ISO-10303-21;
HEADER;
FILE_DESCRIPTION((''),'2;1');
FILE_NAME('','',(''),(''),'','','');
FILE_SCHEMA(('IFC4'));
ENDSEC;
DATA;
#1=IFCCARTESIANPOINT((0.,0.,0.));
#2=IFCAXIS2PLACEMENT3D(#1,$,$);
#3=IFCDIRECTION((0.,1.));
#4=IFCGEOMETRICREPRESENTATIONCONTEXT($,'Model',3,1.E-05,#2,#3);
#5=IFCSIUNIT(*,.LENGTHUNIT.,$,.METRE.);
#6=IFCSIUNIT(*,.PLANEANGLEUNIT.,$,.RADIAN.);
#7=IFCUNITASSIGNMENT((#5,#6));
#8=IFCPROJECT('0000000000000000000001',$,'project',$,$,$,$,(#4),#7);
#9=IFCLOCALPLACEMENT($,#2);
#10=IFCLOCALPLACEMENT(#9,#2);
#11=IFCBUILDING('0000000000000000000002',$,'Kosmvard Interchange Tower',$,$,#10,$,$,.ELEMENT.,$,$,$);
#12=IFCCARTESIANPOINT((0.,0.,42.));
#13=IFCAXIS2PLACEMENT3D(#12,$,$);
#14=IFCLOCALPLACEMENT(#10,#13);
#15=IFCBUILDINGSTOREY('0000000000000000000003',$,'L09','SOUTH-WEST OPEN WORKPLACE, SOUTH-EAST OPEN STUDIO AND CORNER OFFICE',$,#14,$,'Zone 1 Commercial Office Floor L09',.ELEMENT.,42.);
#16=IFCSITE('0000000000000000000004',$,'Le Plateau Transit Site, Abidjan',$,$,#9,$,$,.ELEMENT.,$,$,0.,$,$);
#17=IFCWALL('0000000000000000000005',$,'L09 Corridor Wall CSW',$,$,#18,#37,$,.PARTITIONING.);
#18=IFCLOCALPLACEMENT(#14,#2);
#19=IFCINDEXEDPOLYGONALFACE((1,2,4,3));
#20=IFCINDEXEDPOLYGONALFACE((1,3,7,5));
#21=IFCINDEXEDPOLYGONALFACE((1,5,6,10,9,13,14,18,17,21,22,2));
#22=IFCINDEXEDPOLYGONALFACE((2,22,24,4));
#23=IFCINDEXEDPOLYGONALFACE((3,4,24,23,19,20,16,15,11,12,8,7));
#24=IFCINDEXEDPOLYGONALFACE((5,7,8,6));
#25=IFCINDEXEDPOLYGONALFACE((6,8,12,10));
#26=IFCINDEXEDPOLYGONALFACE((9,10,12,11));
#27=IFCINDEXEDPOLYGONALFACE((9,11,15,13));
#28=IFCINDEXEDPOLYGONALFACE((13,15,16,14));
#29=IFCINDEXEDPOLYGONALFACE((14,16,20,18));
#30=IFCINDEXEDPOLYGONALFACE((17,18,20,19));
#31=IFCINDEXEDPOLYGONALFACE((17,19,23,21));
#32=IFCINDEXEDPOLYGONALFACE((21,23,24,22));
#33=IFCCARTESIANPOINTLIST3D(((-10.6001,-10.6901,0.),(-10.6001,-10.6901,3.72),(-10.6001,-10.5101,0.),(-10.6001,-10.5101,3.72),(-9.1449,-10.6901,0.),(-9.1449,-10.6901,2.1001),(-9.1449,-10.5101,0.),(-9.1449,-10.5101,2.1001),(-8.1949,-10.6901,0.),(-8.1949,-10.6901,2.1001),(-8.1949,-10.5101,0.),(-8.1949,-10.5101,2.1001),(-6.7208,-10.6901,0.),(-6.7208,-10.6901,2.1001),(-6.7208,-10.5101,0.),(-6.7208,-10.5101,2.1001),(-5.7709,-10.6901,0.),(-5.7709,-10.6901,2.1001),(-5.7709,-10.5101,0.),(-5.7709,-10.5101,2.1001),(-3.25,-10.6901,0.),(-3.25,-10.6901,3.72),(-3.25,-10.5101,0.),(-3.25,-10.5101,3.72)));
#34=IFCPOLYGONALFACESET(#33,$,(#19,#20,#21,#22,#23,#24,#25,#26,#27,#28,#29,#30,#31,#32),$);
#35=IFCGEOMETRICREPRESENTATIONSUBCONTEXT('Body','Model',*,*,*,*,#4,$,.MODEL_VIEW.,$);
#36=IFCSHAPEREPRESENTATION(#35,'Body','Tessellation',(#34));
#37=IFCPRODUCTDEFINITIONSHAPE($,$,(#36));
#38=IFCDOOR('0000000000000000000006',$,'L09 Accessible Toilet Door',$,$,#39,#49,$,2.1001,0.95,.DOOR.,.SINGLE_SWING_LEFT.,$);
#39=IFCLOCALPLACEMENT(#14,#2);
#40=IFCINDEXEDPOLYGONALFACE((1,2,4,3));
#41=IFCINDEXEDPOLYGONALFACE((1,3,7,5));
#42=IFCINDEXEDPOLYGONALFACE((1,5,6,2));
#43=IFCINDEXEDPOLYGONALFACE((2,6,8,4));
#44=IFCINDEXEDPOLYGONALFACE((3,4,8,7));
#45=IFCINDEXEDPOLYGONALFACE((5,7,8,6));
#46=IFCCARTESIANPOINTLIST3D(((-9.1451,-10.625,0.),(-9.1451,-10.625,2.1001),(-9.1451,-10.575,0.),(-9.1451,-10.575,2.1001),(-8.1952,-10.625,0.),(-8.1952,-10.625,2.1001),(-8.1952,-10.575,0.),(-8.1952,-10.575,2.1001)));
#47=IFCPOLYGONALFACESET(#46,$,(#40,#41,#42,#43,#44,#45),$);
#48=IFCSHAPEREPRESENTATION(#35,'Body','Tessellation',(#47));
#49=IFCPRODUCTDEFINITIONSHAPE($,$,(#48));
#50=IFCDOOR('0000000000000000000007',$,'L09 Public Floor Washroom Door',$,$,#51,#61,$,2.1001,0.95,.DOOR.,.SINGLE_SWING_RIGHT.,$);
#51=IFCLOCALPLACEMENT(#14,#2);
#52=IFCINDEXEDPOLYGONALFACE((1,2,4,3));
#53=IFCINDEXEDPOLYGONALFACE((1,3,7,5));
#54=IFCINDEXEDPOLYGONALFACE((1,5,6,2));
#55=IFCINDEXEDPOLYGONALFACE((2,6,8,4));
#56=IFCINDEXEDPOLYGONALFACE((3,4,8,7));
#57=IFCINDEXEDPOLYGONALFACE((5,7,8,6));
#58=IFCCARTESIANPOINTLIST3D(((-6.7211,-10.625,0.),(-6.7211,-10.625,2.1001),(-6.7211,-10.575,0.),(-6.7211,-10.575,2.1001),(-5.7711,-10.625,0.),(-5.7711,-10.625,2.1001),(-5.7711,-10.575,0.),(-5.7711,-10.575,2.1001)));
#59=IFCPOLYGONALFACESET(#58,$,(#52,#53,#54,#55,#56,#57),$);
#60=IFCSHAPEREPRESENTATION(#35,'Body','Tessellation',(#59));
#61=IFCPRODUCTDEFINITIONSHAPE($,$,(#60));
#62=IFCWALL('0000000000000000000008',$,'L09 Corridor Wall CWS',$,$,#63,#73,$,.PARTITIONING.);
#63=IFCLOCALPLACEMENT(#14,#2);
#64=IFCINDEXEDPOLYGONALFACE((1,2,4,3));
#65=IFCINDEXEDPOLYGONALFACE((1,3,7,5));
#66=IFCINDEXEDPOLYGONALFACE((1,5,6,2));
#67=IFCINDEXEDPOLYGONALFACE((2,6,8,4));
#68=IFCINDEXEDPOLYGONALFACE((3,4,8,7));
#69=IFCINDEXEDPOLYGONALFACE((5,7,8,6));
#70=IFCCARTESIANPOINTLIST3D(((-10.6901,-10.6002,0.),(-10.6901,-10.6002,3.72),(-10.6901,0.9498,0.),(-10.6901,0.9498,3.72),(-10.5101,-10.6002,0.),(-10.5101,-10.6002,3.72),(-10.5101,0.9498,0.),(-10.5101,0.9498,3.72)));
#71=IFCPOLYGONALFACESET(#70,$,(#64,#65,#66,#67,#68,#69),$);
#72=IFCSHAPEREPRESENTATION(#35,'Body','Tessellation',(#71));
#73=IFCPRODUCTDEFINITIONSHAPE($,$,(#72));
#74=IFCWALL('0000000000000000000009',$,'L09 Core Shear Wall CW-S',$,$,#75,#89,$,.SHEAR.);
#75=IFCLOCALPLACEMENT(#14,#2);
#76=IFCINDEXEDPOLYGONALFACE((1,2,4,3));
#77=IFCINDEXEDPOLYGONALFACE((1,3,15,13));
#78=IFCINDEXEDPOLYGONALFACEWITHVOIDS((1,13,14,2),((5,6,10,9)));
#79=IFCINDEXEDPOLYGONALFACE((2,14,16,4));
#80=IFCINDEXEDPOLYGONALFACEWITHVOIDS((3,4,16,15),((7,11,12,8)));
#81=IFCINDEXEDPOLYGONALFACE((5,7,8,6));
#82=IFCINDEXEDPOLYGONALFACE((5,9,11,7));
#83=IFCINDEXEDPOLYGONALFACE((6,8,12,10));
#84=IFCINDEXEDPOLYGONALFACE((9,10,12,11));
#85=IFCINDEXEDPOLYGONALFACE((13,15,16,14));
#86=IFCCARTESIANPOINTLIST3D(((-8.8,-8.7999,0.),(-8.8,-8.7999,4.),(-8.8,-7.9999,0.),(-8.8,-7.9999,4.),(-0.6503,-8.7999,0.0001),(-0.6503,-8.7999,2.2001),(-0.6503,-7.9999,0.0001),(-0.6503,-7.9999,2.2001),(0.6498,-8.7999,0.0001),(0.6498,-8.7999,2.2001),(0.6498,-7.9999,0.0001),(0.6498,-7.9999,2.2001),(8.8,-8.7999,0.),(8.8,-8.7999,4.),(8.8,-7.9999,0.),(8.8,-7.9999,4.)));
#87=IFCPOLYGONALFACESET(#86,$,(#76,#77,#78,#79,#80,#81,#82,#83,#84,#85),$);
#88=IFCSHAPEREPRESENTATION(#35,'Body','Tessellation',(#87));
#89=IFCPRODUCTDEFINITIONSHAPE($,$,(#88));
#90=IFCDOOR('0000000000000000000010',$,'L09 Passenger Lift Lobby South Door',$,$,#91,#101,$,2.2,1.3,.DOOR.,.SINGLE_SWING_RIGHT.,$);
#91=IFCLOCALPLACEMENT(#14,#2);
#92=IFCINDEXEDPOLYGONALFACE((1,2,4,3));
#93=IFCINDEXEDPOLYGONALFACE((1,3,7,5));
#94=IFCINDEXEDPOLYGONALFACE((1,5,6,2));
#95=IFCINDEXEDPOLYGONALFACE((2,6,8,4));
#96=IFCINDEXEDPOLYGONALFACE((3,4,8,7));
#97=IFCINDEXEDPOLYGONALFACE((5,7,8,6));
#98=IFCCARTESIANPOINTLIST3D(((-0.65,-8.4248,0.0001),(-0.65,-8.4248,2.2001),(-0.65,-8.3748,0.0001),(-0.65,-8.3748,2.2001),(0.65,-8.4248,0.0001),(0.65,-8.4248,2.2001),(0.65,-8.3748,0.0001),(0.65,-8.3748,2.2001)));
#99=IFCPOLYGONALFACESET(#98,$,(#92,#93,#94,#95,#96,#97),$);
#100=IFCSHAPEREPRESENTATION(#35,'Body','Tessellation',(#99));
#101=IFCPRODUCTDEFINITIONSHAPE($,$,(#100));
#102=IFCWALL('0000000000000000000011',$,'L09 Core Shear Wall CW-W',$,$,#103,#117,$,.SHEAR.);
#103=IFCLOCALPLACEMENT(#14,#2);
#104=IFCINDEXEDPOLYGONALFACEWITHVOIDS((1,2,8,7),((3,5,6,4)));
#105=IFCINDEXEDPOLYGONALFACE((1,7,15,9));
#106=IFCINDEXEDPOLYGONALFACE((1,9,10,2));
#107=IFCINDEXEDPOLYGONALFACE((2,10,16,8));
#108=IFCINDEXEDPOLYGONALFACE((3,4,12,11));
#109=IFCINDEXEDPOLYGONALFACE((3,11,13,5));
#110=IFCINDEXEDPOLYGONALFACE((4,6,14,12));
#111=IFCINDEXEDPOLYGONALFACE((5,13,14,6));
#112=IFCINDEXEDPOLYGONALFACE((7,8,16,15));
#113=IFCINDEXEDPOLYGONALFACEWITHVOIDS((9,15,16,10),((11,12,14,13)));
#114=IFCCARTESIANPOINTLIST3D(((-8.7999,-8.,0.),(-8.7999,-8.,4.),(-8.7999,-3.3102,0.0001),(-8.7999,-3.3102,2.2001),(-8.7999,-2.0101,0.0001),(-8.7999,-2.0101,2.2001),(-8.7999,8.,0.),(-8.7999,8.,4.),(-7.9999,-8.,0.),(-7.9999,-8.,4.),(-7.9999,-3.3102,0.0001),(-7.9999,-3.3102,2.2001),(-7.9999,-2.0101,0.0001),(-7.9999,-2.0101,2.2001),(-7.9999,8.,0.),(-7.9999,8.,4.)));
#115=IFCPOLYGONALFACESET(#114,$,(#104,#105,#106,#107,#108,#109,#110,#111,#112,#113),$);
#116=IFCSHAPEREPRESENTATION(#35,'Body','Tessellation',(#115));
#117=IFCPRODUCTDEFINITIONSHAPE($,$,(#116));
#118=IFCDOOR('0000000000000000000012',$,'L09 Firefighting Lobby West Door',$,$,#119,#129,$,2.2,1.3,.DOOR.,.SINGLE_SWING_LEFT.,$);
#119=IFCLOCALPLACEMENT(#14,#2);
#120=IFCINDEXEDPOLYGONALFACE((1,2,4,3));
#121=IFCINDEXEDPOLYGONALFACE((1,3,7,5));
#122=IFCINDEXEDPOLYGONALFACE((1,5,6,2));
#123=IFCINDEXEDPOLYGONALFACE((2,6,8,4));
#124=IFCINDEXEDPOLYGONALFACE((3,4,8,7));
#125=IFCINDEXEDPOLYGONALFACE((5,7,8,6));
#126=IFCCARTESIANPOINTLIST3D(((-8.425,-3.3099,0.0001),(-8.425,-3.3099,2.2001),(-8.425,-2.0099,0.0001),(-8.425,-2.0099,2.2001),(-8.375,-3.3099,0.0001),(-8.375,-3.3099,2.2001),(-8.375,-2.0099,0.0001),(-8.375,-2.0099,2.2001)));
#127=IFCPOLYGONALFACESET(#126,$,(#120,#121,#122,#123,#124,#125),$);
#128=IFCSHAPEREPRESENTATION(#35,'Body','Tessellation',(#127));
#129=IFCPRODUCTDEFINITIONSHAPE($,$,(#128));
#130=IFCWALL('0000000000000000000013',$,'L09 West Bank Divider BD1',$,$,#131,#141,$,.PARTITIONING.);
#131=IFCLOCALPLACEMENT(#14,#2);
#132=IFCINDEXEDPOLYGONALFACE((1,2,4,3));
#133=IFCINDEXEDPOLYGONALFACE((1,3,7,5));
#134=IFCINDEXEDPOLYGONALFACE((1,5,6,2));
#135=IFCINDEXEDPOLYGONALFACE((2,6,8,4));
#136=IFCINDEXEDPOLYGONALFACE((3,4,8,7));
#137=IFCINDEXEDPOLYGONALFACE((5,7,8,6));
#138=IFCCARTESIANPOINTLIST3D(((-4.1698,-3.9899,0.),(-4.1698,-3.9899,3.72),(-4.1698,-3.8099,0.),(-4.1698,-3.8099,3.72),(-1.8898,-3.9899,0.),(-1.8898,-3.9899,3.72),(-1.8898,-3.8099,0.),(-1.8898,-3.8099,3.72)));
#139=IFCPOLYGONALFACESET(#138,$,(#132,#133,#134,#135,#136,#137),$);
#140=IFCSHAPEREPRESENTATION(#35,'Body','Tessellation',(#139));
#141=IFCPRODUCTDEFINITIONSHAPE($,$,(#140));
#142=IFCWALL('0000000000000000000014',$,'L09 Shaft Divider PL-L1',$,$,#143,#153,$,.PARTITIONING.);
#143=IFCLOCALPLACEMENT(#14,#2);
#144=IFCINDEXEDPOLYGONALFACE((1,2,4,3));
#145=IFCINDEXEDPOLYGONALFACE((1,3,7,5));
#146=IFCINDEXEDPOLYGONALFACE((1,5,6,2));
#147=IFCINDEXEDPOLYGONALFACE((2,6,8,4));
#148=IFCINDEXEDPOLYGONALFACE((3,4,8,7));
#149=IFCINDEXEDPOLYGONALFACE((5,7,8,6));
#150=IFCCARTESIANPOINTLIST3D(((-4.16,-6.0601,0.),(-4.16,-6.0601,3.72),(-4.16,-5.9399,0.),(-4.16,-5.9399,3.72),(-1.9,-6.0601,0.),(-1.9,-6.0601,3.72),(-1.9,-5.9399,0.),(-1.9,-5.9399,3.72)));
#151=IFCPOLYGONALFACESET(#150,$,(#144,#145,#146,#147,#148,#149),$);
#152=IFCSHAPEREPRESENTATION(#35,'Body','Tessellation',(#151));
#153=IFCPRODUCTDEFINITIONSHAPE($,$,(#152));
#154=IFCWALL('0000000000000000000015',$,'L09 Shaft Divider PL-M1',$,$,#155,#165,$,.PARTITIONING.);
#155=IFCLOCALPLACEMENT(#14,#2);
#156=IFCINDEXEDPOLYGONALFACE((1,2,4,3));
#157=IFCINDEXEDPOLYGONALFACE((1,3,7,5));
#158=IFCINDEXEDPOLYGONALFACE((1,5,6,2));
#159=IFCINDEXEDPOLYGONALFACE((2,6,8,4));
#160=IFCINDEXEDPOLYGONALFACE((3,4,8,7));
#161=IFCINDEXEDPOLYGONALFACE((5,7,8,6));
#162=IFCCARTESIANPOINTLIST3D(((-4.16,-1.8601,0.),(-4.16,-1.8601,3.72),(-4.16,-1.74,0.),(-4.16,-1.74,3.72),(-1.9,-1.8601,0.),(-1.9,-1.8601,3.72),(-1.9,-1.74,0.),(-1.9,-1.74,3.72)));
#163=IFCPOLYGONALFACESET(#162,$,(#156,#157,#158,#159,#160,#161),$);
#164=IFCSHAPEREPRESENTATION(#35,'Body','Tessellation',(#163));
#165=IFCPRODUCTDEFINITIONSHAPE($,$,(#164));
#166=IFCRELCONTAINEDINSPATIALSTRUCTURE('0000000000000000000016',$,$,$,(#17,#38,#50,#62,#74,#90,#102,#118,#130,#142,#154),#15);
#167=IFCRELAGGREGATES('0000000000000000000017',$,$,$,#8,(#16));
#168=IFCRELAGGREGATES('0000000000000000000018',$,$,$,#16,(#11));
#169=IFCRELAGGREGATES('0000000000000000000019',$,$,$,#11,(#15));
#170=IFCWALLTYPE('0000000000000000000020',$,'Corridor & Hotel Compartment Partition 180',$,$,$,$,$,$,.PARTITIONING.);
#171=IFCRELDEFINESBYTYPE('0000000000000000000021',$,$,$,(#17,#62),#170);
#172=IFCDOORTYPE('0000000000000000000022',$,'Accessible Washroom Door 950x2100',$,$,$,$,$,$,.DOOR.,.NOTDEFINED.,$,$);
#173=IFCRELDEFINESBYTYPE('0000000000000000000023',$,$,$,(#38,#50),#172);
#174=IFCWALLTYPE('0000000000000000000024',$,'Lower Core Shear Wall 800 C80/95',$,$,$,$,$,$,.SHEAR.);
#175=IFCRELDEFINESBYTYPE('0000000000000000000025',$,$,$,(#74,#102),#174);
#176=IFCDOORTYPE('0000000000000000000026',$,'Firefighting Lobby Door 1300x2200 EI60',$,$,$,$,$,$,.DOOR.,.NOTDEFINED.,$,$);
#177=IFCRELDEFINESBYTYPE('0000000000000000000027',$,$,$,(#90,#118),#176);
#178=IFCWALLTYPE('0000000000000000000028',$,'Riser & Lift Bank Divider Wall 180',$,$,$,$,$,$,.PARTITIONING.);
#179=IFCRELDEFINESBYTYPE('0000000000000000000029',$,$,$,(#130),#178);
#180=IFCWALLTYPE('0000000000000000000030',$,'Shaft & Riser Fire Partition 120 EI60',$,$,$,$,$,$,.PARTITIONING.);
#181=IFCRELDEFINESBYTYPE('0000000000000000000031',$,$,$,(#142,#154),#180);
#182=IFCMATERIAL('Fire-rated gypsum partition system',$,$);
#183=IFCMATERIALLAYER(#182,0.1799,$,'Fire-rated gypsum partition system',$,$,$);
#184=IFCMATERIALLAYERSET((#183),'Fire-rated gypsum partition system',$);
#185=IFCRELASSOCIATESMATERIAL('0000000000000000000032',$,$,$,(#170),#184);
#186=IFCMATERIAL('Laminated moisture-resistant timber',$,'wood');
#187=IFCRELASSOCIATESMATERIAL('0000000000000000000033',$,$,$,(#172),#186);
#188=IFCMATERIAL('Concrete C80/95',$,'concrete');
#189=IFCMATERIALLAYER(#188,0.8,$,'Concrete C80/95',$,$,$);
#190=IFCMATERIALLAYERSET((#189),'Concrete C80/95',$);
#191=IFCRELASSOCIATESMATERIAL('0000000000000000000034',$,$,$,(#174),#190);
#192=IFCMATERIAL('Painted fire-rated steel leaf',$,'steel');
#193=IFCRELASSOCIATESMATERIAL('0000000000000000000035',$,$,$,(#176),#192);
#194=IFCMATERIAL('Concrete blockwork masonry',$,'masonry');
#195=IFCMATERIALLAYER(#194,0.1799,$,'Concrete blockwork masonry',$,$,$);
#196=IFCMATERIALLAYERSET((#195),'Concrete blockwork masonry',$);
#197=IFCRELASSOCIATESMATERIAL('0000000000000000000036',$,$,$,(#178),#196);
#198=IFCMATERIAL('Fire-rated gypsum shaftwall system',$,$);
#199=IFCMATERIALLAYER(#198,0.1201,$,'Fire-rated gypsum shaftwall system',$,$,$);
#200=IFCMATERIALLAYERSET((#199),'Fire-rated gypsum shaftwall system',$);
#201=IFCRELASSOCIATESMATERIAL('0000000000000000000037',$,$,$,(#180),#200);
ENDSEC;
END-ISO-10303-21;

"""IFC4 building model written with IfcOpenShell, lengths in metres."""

from ifc_helpers import new_model, si_unit, direction, frame, frame_2d, origin, place, context, subcontext, project, spatial, rectangle, extrude, source, transform, mapped, material, layer, layer_set, type_object, element, fill, save


model = new_model("IFC4")

# Units and contexts
model_context = context("Model", 3, precision=1e-05, world=origin(), true_north=direction((0.0, 1.0)))
body_context = subcontext(model_context, "Body", "Model", "MODEL_VIEW")
ifc_project = project(units=[si_unit("LENGTHUNIT", "METRE"), si_unit("PLANEANGLEUNIT", "RADIAN")], contexts=[model_context])

# Site, building, storey
site_placement = place(None, origin())
site = spatial("IfcSite", under=ifc_project, at=site_placement, Name="Le Plateau Transit Site, Abidjan", CompositionType="ELEMENT", RefElevation=0.0)
building_placement = place(site_placement, origin())
building = spatial("IfcBuilding", under=site, at=building_placement, Name="Kosmvard Interchange Tower", CompositionType="ELEMENT")
storey_placement = place(building_placement, frame((0.0, 0.0, 42.0)))
storey = spatial("IfcBuildingStorey", under=building, at=storey_placement, Name="L09", Description="SOUTH-WEST OPEN WORKPLACE, SOUTH-EAST OPEN STUDIO AND CORNER OFFICE", LongName="Zone 1 Commercial Office Floor L09", CompositionType="ELEMENT", Elevation=42.0)

# Shared definitions
ifc_material_1 = material(Name="Concrete C80/95", Category="concrete")

# Wall, openings, doors
ifc_material_2 = material(Name="Fire-rated gypsum partition system")
ifc_layer_1 = layer(ifc_material_2, 0.1799, Name="Fire-rated gypsum partition system")
ifc_layer_set_1 = layer_set([ifc_layer_1], Name="Fire-rated gypsum partition system")
wall_type_1 = type_object("IfcWallType", Name="Corridor & Hotel Compartment Partition 180", PredefinedType="PARTITIONING", material=ifc_layer_set_1)
wall_1_placement = place(storey_placement, frame((-10.6001, -10.6001, 0.0), z_axis=(0.0, 0.0, 1.0), x_axis=(1.0, 0.0, 0.0)))
wall_1 = element("IfcWall", 1, at=wall_1_placement, inside=storey, type_object=wall_type_1, Name="L09 Corridor Wall CSW", PredefinedType="PARTITIONING", context=body_context, shape_type="SweptSolid", body=[
    extrude(rectangle(XDim=7.3501, YDim=0.1799, at=frame_2d((3.675, 0.0))), origin(), (0.0, 0.0, 1.0), 3.72),
])
opening_1_placement = place(wall_1_placement, frame((1.4551, 0.0, 0.0)))
opening_1 = element("IfcOpeningElement", 2, at=opening_1_placement, cuts=wall_1, PredefinedType="OPENING", context=body_context, shape_type="SweptSolid", body=[
    extrude(rectangle(XDim=0.95, YDim=2.1001, at=frame_2d((0.4751, 1.05))), frame((0.0, 0.1001, 0.0), z_axis=(0.0, -1.0, 0.0), x_axis=(1.0, 0.0, 0.0)), (0.0, 0.0, 1.0), 0.2),
])
opening_2_placement = place(wall_1_placement, frame((3.8792, 0.0, 0.0)))
opening_2 = element("IfcOpeningElement", 3, at=opening_2_placement, cuts=wall_1, PredefinedType="OPENING", context=body_context, shape_type="SweptSolid", body=[
    extrude(rectangle(XDim=0.95, YDim=2.1001, at=frame_2d((0.4751, 1.05))), frame((0.0, 0.1001, 0.0), z_axis=(0.0, -1.0, 0.0), x_axis=(1.0, 0.0, 0.0)), (0.0, 0.0, 1.0), 0.2),
])
ifc_material_3 = material(Name="Laminated moisture-resistant timber", Category="wood")
door_type_1 = type_object("IfcDoorType", Name="Accessible Washroom Door 950x2100", OperationType="NOTDEFINED", PredefinedType="DOOR", material=ifc_material_3)
shared_shape_1 = source(origin(), body_context, "Body", "SweptSolid", [
    extrude(rectangle(XDim=0.95, YDim=2.1001, at=frame_2d((0.4751, 1.05))), frame((0.0, 0.0249, 0.0), z_axis=(0.0, -1.0, 0.0), x_axis=(1.0, 0.0, 0.0)), (0.0, 0.0, 1.0), 0.05),
])
door_1_placement = place(opening_1_placement, frame((0.95, 0.0, 0.0), z_axis=(0.0, 0.0, 1.0), x_axis=(-1.0, 0.0, 0.0)))
door_1 = element("IfcDoor", 4, at=door_1_placement, inside=storey, type_object=door_type_1, Name="L09 Accessible Toilet Door", OperationType="SINGLE_SWING_LEFT", OverallHeight=2.1001, OverallWidth=0.95, PredefinedType="DOOR", context=body_context, shape_type="MappedRepresentation", body=[
    mapped(shared_shape_1, transform((0.0, 0.0, 0.0), scale=1.0)),
])
fill(opening_1, door_1)
door_2_placement = place(opening_2_placement, frame((0.95, 0.0, 0.0), z_axis=(0.0, 0.0, 1.0), x_axis=(-1.0, 0.0, 0.0)))
door_2 = element("IfcDoor", 5, at=door_2_placement, inside=storey, type_object=door_type_1, Name="L09 Public Floor Washroom Door", OperationType="SINGLE_SWING_RIGHT", OverallHeight=2.1001, OverallWidth=0.95, PredefinedType="DOOR", context=body_context, shape_type="MappedRepresentation", body=[
    mapped(shared_shape_1, transform((0.0, 0.0, 0.0), scale=1.0)),
])
fill(opening_2, door_2)

# Wall
wall_2_placement = place(storey_placement, frame((-10.6001, -10.6001, 0.0), z_axis=(0.0, 0.0, 1.0), x_axis=(0.0, 1.0, 0.0)))
element("IfcWall", 6, at=wall_2_placement, inside=storey, type_object=wall_type_1, Name="L09 Corridor Wall CWS", PredefinedType="PARTITIONING", context=body_context, shape_type="SweptSolid", body=[
    extrude(rectangle(XDim=11.55, YDim=0.1799, at=frame_2d((5.7749, 0.0))), origin(), (0.0, 0.0, 1.0), 3.72),
])

# Walls, openings, doors
ifc_layer_2 = layer(ifc_material_1, 0.8, Name="Concrete C80/95")
ifc_layer_set_2 = layer_set([ifc_layer_2], Name="Concrete C80/95")
wall_type_2 = type_object("IfcWallType", Name="Lower Core Shear Wall 800 C80/95", PredefinedType="SHEAR", material=ifc_layer_set_2)
wall_3_placement = place(storey_placement, frame((-8.8, -8.3999, 0.0), z_axis=(0.0, 0.0, 1.0), x_axis=(1.0, 0.0, 0.0)))
wall_3 = element("IfcWall", 7, at=wall_3_placement, inside=storey, type_object=wall_type_2, Name="L09 Core Shear Wall CW-S", PredefinedType="SHEAR", context=body_context, shape_type="SweptSolid", body=[
    extrude(rectangle(XDim=17.6001, YDim=0.8, at=frame_2d((8.8, 0.0))), origin(), (0.0, 0.0, 1.0), 4.0),
])
opening_3_placement = place(wall_3_placement, frame((8.1499, 0.0, 0.0)))
opening_3 = element("IfcOpeningElement", 8, at=opening_3_placement, cuts=wall_3, PredefinedType="OPENING", context=body_context, shape_type="SweptSolid", body=[
    extrude(rectangle(XDim=1.3, YDim=2.2, at=frame_2d((0.6499, 1.1001))), frame((0.0, 0.4102, 0.0), z_axis=(0.0, -1.0, 0.0), x_axis=(1.0, 0.0, 0.0)), (0.0, 0.0, 1.0), 0.8201),
])
ifc_material_4 = material(Name="Painted fire-rated steel leaf", Category="steel")
door_type_2 = type_object("IfcDoorType", Name="Firefighting Lobby Door 1300x2200 EI60", OperationType="NOTDEFINED", PredefinedType="DOOR", material=ifc_material_4)
shared_shape_2 = source(origin(), body_context, "Body", "SweptSolid", [
    extrude(rectangle(XDim=1.3, YDim=2.2, at=frame_2d((0.6499, 1.1001))), frame((0.0, 0.0249, 0.0), z_axis=(0.0, -1.0, 0.0), x_axis=(1.0, 0.0, 0.0)), (0.0, 0.0, 1.0), 0.05),
])
door_3_placement = place(opening_3_placement, frame((1.3, 0.0, 0.0), z_axis=(0.0, 0.0, 1.0), x_axis=(-1.0, 0.0, 0.0)))
door_3 = element("IfcDoor", 9, at=door_3_placement, inside=storey, type_object=door_type_2, Name="L09 Passenger Lift Lobby South Door", OperationType="SINGLE_SWING_RIGHT", OverallHeight=2.2, OverallWidth=1.3, PredefinedType="DOOR", context=body_context, shape_type="MappedRepresentation", body=[
    mapped(shared_shape_2, transform((0.0, 0.0, 0.0), scale=1.0)),
])
fill(opening_3, door_3)
wall_4_placement = place(storey_placement, frame((-8.3999, -8.0, 0.0), z_axis=(0.0, 0.0, 1.0), x_axis=(0.0, 1.0, 0.0)))
wall_4 = element("IfcWall", 10, at=wall_4_placement, inside=storey, type_object=wall_type_2, Name="L09 Core Shear Wall CW-W", PredefinedType="SHEAR", context=body_context, shape_type="SweptSolid", body=[
    extrude(rectangle(XDim=16.0, YDim=0.8, at=frame_2d((8.0, 0.0))), origin(), (0.0, 0.0, 1.0), 4.0),
])
opening_4_placement = place(wall_4_placement, frame((4.6899, 0.0, 0.0)))
opening_4 = element("IfcOpeningElement", 11, at=opening_4_placement, cuts=wall_4, PredefinedType="OPENING", context=body_context, shape_type="SweptSolid", body=[
    extrude(rectangle(XDim=1.3, YDim=2.2, at=frame_2d((0.6499, 1.1001))), frame((0.0, 0.4102, 0.0), z_axis=(0.0, -1.0, 0.0), x_axis=(1.0, 0.0, 0.0)), (0.0, 0.0, 1.0), 0.8201),
])
door_4_placement = place(opening_4_placement, frame((1.3, 0.0, 0.0), z_axis=(0.0, 0.0, 1.0), x_axis=(-1.0, 0.0, 0.0)))
door_4 = element("IfcDoor", 12, at=door_4_placement, inside=storey, type_object=door_type_2, Name="L09 Firefighting Lobby West Door", OperationType="SINGLE_SWING_LEFT", OverallHeight=2.2, OverallWidth=1.3, PredefinedType="DOOR", context=body_context, shape_type="MappedRepresentation", body=[
    mapped(shared_shape_2, transform((0.0, 0.0, 0.0), scale=1.0)),
])
fill(opening_4, door_4)

# Walls
ifc_material_5 = material(Name="Concrete blockwork masonry", Category="masonry")
ifc_layer_3 = layer(ifc_material_5, 0.1799, Name="Concrete blockwork masonry")
ifc_layer_set_3 = layer_set([ifc_layer_3], Name="Concrete blockwork masonry")
wall_type_3 = type_object("IfcWallType", Name="Riser & Lift Bank Divider Wall 180", PredefinedType="PARTITIONING", material=ifc_layer_set_3)
wall_5_placement = place(storey_placement, frame((-4.1699, -3.8999, 0.0), z_axis=(0.0, 0.0, 1.0), x_axis=(1.0, 0.0, 0.0)))
element("IfcWall", 13, at=wall_5_placement, inside=storey, type_object=wall_type_3, Name="L09 West Bank Divider BD1", PredefinedType="PARTITIONING", context=body_context, shape_type="SweptSolid", body=[
    extrude(rectangle(XDim=2.28, YDim=0.1799, at=frame_2d((1.1401, 0.0))), origin(), (0.0, 0.0, 1.0), 3.72),
])
ifc_material_6 = material(Name="Fire-rated gypsum shaftwall system")
ifc_layer_4 = layer(ifc_material_6, 0.1201, Name="Fire-rated gypsum shaftwall system")
ifc_layer_set_4 = layer_set([ifc_layer_4], Name="Fire-rated gypsum shaftwall system")
wall_type_4 = type_object("IfcWallType", Name="Shaft & Riser Fire Partition 120 EI60", PredefinedType="PARTITIONING", material=ifc_layer_set_4)
for number, where, z_axis, x_axis, name in (
    (14, (-4.1599, -6.0, 0.0), (0.0, 0.0, 1.0), (1.0, 0.0, 0.0), "L09 Shaft Divider PL-L1"),
    (15, (-4.1599, -1.8, 0.0), (0.0, 0.0, 1.0), (1.0, 0.0, 0.0), "L09 Shaft Divider PL-M1"),
):
    element("IfcWall", number, at=place(storey_placement, frame(where, z_axis=z_axis, x_axis=x_axis)), inside=storey, type_object=wall_type_4, Name=name, PredefinedType="PARTITIONING", context=body_context, shape_type="SweptSolid", body=[
        extrude(rectangle(XDim=2.26, YDim=0.1201, at=frame_2d((1.1299, 0.0))), origin(), (0.0, 0.0, 1.0), 3.72),
    ])

save(model, "model.ifc")
